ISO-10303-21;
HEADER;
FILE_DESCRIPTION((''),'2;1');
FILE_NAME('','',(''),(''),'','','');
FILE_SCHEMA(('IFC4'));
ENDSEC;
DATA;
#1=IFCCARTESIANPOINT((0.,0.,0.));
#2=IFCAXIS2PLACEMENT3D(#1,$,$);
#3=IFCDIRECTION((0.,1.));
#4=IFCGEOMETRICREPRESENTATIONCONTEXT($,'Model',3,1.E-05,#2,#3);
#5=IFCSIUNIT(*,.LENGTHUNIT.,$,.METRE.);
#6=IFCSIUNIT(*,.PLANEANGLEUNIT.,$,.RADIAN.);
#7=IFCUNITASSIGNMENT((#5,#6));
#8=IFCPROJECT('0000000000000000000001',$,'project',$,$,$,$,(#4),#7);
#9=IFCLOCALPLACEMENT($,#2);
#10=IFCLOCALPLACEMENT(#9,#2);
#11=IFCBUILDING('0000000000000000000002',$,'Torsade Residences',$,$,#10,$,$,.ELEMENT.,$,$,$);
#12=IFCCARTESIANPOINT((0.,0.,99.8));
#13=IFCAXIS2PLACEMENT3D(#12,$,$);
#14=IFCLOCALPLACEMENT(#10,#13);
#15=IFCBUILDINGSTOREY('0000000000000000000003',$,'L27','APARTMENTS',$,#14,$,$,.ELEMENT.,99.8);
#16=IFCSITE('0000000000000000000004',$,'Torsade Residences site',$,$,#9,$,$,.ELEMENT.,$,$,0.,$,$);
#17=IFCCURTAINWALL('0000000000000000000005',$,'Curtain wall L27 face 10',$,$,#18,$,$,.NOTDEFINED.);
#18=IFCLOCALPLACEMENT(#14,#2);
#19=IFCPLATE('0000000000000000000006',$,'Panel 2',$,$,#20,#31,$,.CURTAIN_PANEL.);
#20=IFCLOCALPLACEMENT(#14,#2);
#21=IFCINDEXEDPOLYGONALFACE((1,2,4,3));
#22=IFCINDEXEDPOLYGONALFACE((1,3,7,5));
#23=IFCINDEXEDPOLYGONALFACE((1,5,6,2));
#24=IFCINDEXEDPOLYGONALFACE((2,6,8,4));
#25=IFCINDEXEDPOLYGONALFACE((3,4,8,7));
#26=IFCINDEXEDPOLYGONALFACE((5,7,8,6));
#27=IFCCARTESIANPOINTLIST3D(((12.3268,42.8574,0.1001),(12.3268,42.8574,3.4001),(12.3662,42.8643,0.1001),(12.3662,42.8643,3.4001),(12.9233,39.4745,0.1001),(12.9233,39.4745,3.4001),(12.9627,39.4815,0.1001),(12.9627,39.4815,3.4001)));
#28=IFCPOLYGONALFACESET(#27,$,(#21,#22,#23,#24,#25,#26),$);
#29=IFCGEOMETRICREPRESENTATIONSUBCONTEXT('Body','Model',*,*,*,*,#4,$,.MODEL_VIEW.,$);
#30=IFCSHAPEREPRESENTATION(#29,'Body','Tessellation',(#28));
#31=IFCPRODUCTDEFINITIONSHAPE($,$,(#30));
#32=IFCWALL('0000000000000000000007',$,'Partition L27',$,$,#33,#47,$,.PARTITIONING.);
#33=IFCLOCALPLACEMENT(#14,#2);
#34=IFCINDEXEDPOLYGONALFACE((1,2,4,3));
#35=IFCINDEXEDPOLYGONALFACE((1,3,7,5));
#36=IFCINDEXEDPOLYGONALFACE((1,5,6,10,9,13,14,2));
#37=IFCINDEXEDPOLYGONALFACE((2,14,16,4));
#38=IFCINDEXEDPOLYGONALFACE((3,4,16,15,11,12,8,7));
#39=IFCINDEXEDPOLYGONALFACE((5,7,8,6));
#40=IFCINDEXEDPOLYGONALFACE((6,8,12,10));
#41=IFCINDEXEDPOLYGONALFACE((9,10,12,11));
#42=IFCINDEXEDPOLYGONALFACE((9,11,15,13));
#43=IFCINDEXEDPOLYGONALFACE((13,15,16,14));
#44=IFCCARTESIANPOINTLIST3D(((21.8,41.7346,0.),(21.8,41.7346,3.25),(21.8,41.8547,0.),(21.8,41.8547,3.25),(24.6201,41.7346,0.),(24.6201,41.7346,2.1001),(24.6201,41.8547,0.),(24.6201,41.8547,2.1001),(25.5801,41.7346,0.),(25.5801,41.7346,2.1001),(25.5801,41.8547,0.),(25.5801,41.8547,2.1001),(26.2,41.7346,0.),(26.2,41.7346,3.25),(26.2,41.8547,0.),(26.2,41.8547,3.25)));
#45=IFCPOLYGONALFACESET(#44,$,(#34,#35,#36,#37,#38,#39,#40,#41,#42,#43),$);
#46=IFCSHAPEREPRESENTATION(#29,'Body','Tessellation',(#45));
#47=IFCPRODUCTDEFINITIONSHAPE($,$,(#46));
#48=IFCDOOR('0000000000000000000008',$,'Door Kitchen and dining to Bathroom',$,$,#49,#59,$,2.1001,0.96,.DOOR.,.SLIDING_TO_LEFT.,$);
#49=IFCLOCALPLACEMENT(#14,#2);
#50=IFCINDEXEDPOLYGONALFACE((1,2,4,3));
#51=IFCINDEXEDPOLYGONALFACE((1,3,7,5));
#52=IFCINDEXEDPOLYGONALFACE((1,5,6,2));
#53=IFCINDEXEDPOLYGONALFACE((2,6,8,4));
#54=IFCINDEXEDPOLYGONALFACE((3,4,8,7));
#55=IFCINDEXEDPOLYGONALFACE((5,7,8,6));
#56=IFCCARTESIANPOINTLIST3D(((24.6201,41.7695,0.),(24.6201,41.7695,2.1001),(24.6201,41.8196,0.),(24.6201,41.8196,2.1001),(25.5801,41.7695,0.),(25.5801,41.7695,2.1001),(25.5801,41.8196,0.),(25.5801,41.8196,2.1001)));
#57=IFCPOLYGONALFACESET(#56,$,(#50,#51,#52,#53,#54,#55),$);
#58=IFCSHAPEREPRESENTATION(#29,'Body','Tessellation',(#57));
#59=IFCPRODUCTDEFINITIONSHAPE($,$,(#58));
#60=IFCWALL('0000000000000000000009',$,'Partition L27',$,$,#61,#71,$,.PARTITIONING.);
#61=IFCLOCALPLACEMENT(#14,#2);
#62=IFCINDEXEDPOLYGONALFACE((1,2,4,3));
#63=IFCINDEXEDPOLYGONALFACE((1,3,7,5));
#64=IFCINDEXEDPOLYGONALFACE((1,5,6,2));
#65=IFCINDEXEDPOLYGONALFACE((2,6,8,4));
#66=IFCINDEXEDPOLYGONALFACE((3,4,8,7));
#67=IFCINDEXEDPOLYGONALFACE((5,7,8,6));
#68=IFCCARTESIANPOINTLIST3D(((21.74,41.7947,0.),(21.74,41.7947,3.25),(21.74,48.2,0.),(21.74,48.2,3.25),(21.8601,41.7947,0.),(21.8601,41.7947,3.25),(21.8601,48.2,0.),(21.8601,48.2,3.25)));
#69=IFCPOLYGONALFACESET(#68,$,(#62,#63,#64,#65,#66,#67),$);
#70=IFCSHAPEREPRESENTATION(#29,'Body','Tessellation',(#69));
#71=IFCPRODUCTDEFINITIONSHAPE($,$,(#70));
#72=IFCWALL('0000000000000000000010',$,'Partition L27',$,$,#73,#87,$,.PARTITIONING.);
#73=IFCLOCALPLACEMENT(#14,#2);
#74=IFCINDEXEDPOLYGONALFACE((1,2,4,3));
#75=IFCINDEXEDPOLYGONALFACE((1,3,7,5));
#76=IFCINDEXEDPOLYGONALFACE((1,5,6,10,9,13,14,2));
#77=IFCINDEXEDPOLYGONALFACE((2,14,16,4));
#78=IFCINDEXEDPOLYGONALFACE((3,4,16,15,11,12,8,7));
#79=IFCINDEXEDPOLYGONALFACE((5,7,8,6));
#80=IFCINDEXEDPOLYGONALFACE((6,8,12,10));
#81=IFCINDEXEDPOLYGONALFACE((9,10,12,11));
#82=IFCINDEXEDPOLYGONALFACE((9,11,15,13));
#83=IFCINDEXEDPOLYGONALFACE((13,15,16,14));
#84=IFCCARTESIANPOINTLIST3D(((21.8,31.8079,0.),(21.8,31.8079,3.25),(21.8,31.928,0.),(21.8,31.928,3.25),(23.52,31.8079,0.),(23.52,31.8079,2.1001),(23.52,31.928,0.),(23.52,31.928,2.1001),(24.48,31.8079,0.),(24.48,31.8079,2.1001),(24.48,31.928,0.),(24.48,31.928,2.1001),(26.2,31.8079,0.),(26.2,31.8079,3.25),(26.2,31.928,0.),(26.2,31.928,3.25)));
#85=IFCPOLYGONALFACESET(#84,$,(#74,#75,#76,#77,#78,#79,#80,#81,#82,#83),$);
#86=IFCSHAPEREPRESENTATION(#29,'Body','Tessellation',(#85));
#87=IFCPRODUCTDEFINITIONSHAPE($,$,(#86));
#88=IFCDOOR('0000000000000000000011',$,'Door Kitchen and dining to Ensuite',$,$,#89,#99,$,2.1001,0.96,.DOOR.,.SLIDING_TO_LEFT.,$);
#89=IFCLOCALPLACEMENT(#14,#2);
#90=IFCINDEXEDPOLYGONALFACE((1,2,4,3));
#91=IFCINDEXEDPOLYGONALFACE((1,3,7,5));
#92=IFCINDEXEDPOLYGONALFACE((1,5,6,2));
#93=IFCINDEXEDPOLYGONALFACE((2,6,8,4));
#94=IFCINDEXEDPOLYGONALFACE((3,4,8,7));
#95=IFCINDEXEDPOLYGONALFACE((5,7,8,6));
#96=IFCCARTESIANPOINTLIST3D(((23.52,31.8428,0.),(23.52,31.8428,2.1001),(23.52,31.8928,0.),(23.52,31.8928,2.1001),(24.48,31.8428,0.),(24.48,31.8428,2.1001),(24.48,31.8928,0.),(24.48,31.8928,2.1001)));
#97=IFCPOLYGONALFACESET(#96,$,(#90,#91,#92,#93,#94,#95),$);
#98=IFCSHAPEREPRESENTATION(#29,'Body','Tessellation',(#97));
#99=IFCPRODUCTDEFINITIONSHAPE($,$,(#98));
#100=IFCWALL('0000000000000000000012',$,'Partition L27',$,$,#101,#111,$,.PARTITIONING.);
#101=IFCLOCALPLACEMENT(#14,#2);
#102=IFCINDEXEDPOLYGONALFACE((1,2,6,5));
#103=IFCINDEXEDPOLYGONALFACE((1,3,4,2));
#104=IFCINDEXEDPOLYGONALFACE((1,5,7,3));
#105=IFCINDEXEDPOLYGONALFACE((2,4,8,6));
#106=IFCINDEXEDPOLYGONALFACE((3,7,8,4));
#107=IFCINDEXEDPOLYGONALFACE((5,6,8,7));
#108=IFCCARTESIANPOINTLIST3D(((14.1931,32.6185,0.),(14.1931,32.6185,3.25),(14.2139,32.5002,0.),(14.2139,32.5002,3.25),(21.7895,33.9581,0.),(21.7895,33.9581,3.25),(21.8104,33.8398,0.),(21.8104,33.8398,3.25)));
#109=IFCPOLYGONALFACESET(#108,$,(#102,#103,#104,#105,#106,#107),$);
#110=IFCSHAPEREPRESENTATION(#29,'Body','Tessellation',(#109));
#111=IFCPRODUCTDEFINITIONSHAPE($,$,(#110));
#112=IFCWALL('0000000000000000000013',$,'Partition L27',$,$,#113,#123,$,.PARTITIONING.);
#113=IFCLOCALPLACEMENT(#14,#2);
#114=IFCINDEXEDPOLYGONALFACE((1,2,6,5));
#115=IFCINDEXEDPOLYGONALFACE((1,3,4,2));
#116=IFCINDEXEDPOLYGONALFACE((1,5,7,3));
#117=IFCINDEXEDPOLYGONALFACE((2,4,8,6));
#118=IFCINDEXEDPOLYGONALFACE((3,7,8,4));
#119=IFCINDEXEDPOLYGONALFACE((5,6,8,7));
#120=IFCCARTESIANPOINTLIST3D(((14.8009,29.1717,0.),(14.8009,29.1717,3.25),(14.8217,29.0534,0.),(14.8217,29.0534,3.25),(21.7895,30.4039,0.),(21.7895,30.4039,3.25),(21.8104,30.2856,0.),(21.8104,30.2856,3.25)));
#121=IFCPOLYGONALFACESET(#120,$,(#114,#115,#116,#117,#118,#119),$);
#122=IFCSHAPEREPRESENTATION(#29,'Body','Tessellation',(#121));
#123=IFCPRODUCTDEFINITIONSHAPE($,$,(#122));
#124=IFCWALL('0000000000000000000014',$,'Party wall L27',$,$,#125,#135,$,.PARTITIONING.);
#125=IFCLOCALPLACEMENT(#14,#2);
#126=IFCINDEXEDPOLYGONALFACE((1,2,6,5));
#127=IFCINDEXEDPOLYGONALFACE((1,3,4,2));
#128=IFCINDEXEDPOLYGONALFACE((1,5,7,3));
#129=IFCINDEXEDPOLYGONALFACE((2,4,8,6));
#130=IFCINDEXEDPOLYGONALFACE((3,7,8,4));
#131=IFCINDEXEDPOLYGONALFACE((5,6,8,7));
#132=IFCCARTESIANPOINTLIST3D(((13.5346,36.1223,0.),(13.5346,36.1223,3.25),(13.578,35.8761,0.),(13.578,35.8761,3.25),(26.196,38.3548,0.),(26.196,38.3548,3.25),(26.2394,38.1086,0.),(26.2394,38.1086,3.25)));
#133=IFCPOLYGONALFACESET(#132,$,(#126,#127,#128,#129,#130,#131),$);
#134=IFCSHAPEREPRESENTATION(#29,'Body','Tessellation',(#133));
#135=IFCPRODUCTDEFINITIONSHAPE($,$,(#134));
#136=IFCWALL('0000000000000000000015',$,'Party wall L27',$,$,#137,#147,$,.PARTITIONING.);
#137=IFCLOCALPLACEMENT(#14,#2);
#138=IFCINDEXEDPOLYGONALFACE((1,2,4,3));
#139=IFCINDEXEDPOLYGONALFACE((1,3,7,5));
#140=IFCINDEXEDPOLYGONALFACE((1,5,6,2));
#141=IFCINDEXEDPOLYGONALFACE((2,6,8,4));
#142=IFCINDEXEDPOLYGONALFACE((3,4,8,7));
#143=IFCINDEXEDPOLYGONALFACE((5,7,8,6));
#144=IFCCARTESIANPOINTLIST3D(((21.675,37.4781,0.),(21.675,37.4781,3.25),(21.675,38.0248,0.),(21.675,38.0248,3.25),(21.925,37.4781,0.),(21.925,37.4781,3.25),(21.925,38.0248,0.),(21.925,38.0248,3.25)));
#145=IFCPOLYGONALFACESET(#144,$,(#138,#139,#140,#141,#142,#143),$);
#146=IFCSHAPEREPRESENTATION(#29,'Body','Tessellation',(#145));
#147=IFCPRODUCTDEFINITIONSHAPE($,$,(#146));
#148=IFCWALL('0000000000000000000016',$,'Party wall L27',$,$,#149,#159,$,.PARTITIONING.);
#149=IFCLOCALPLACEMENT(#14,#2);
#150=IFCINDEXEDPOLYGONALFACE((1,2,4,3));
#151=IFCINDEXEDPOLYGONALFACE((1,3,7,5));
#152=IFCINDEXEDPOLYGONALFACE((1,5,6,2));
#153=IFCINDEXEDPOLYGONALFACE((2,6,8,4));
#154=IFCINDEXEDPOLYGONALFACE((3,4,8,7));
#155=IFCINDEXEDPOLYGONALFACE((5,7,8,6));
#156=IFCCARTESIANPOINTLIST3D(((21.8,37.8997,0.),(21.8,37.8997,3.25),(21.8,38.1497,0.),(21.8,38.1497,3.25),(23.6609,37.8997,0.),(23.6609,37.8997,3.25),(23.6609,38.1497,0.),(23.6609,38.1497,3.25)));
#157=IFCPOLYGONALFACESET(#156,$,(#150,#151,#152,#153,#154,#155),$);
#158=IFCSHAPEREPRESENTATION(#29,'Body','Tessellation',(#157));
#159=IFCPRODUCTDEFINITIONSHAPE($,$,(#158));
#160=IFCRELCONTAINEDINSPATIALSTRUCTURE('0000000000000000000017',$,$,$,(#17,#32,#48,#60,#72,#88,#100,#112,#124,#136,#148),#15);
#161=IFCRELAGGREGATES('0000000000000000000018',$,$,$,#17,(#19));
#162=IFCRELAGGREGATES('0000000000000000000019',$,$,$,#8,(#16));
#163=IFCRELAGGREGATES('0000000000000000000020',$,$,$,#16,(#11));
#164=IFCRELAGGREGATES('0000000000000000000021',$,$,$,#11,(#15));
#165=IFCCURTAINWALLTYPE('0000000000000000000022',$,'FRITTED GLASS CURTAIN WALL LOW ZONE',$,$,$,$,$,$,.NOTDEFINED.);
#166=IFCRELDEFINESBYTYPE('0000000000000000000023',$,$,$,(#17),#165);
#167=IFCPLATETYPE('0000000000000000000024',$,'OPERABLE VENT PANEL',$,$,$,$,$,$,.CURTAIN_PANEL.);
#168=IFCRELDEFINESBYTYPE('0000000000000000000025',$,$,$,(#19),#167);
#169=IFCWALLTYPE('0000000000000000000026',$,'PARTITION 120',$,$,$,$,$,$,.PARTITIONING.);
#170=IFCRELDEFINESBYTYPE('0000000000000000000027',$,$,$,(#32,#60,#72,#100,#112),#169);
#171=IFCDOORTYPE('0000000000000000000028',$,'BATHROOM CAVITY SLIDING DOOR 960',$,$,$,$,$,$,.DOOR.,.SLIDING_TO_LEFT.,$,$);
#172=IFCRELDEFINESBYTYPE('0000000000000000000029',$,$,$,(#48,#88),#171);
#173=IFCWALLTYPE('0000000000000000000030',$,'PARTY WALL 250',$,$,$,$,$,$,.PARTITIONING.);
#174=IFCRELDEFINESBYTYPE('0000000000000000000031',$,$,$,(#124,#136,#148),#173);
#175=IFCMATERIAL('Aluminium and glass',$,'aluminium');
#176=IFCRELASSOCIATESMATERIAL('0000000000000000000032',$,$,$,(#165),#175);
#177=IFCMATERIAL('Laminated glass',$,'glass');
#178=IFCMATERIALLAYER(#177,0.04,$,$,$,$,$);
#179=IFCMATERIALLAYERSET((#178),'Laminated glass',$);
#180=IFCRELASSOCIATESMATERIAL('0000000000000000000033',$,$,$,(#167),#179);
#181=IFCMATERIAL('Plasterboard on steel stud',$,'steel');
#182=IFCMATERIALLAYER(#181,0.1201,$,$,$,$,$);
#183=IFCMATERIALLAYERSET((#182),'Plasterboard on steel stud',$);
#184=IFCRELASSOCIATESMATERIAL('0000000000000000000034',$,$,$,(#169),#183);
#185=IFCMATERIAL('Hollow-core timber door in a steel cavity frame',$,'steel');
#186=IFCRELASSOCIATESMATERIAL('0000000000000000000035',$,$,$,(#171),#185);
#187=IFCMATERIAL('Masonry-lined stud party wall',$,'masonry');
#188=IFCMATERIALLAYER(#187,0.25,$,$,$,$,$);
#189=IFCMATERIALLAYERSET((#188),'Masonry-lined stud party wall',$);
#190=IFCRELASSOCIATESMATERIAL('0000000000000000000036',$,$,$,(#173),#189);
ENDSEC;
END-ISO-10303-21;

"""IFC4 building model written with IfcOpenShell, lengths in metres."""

from ifc_helpers import new_model, si_unit, direction, frame, frame_2d, origin, origin_2d, place, context, subcontext, project, spatial, rectangle, extrude, material, layer, layer_set, type_object, element, fill, aggregate, save


model = new_model("IFC4")

# Units and contexts
model_context = context("Model", 3, precision=1e-05, world=origin(), true_north=direction((0.0, 1.0)))
body_context = subcontext(model_context, "Body", "Model", "MODEL_VIEW")
ifc_project = project(units=[si_unit("LENGTHUNIT", "METRE"), si_unit("PLANEANGLEUNIT", "RADIAN")], contexts=[model_context])

# Site, building, storey
site_placement = place(None, origin())
site = spatial("IfcSite", under=ifc_project, at=site_placement, Name="Torsade Residences site", CompositionType="ELEMENT", RefElevation=0.0)
building_placement = place(site_placement, origin())
building = spatial("IfcBuilding", under=site, at=building_placement, Name="Torsade Residences", CompositionType="ELEMENT")
storey_placement = place(building_placement, frame((0.0, 0.0, 99.8)))
storey = spatial("IfcBuildingStorey", under=building, at=storey_placement, Name="L27", Description="APARTMENTS", CompositionType="ELEMENT", Elevation=99.8)

# Curtain wall
ifc_material_1 = material(Name="Aluminium and glass", Category="aluminium")
curtain_wall_type = type_object("IfcCurtainWallType", Name="FRITTED GLASS CURTAIN WALL LOW ZONE", PredefinedType="NOTDEFINED", material=ifc_material_1)
curtain_wall_placement = place(storey_placement, origin())
curtain_wall = element("IfcCurtainWall", 1, at=curtain_wall_placement, inside=storey, type_object=curtain_wall_type, Name="Curtain wall L27 face 10", PredefinedType="NOTDEFINED")

# Plate
ifc_material_2 = material(Name="Laminated glass", Category="glass")
ifc_layer_1 = layer(ifc_material_2, 0.04)
ifc_layer_set_1 = layer_set([ifc_layer_1], Name="Laminated glass")
plate_type_1 = type_object("IfcPlateType", Name="OPERABLE VENT PANEL", PredefinedType="CURTAIN_PANEL", material=ifc_layer_set_1)
plate_1_placement = place(storey_placement, frame((12.6448, 41.1694, 0.1001), z_axis=(0.0, 0.0, 1.0), x_axis=(0.173648, -0.984808, 0.0)))
plate_1 = element("IfcPlate", 2, at=plate_1_placement, type_object=plate_type_1, Name="Panel 2", PredefinedType="CURTAIN_PANEL", context=body_context, shape_type="SweptSolid", body=[
    extrude(rectangle(XDim=3.4351, YDim=0.04, at=origin_2d()), origin(), (0.0, 0.0, 1.0), 3.3),
])
aggregate(curtain_wall, [plate_1])

# Wall, opening, door
ifc_material_3 = material(Name="Plasterboard on steel stud", Category="steel")
ifc_layer_2 = layer(ifc_material_3, 0.1201)
ifc_layer_set_2 = layer_set([ifc_layer_2], Name="Plasterboard on steel stud")
wall_type_1 = type_object("IfcWallType", Name="PARTITION 120", PredefinedType="PARTITIONING", material=ifc_layer_set_2)
wall_1_placement = place(storey_placement, frame((21.8, 41.7947, 0.0), z_axis=(0.0, 0.0, 1.0), x_axis=(1.0, 0.0, 0.0)))
wall_1 = element("IfcWall", 3, at=wall_1_placement, inside=storey, type_object=wall_type_1, Name="Partition L27", PredefinedType="PARTITIONING", context=body_context, shape_type="SweptSolid", body=[
    extrude(rectangle(XDim=4.3999, YDim=0.1201, at=frame_2d((2.2, 0.0))), origin(), (0.0, 0.0, 1.0), 3.25),
])
opening_1_placement = place(wall_1_placement, frame((2.8201, 0.0, 0.0)))
opening_1 = element("IfcOpeningElement", 4, at=opening_1_placement, cuts=wall_1, PredefinedType="OPENING", context=body_context, shape_type="SweptSolid", body=[
    extrude(rectangle(XDim=0.96, YDim=2.1001, at=frame_2d((0.48, 1.05))), frame((0.0, 0.0701, 0.0), z_axis=(0.0, -1.0, 0.0), x_axis=(1.0, 0.0, 0.0)), (0.0, 0.0, 1.0), 0.1401),
])
ifc_material_4 = material(Name="Hollow-core timber door in a steel cavity frame", Category="steel")
door_type = type_object("IfcDoorType", Name="BATHROOM CAVITY SLIDING DOOR 960", OperationType="SLIDING_TO_LEFT", PredefinedType="DOOR", material=ifc_material_4)
door_1_placement = place(opening_1_placement, origin())
door_1 = element("IfcDoor", 5, at=door_1_placement, inside=storey, type_object=door_type, Name="Door Kitchen and dining to Bathroom", OperationType="SLIDING_TO_LEFT", OverallHeight=2.1001, OverallWidth=0.96, PredefinedType="DOOR", context=body_context, shape_type="SweptSolid", body=[
    extrude(rectangle(XDim=0.96, YDim=2.1001, at=frame_2d((0.48, 1.05))), frame((0.0, 0.0249, 0.0), z_axis=(0.0, -1.0, 0.0), x_axis=(1.0, 0.0, 0.0)), (0.0, 0.0, 1.0), 0.05),
])
fill(opening_1, door_1)

# Wall
wall_2_placement = place(storey_placement, frame((21.8, 41.7947, 0.0), z_axis=(0.0, 0.0, 1.0), x_axis=(0.0, 1.0, 0.0)))
element("IfcWall", 6, at=wall_2_placement, inside=storey, type_object=wall_type_1, Name="Partition L27", PredefinedType="PARTITIONING", context=body_context, shape_type="SweptSolid", body=[
    extrude(rectangle(XDim=6.4053, YDim=0.1201, at=frame_2d((3.2026, 0.0))), origin(), (0.0, 0.0, 1.0), 3.25),
])

# Wall, opening, door
wall_3_placement = place(storey_placement, frame((21.8, 31.8679, 0.0), z_axis=(0.0, 0.0, 1.0), x_axis=(1.0, 0.0, 0.0)))
wall_3 = element("IfcWall", 7, at=wall_3_placement, inside=storey, type_object=wall_type_1, Name="Partition L27", PredefinedType="PARTITIONING", context=body_context, shape_type="SweptSolid", body=[
    extrude(rectangle(XDim=4.3999, YDim=0.1201, at=frame_2d((2.2, 0.0))), origin(), (0.0, 0.0, 1.0), 3.25),
])
opening_2_placement = place(wall_3_placement, frame((1.72, 0.0, 0.0)))
opening_2 = element("IfcOpeningElement", 8, at=opening_2_placement, cuts=wall_3, PredefinedType="OPENING", context=body_context, shape_type="SweptSolid", body=[
    extrude(rectangle(XDim=0.96, YDim=2.1001, at=frame_2d((0.48, 1.05))), frame((0.0, 0.0701, 0.0), z_axis=(0.0, -1.0, 0.0), x_axis=(1.0, 0.0, 0.0)), (0.0, 0.0, 1.0), 0.1401),
])
door_2_placement = place(opening_2_placement, origin())
door_2 = element("IfcDoor", 9, at=door_2_placement, inside=storey, type_object=door_type, Name="Door Kitchen and dining to Ensuite", OperationType="SLIDING_TO_LEFT", OverallHeight=2.1001, OverallWidth=0.96, PredefinedType="DOOR", context=body_context, shape_type="SweptSolid", body=[
    extrude(rectangle(XDim=0.96, YDim=2.1001, at=frame_2d((0.48, 1.05))), frame((0.0, 0.0249, 0.0), z_axis=(0.0, -1.0, 0.0), x_axis=(1.0, 0.0, 0.0)), (0.0, 0.0, 1.0), 0.05),
])
fill(opening_2, door_2)

# Walls
wall_4_placement = place(storey_placement, frame((21.8, 33.8989, 0.0), z_axis=(0.0, 0.0, 1.0), x_axis=(-0.984805, -0.173666, 0.0)))
element("IfcWall", 10, at=wall_4_placement, inside=storey, type_object=wall_type_1, Name="Partition L27", PredefinedType="PARTITIONING", context=body_context, shape_type="SweptSolid", body=[
    extrude(rectangle(XDim=7.7136, YDim=0.1201, at=frame_2d((3.8569, 0.0))), origin(), (0.0, 0.0, 1.0), 3.25),
])
wall_5_placement = place(storey_placement, frame((21.8, 30.3447, 0.0), z_axis=(0.0, 0.0, 1.0), x_axis=(-0.98481, -0.173636, 0.0)))
element("IfcWall", 11, at=wall_5_placement, inside=storey, type_object=wall_type_1, Name="Partition L27", PredefinedType="PARTITIONING", context=body_context, shape_type="SweptSolid", body=[
    extrude(rectangle(XDim=7.0964, YDim=0.1201, at=frame_2d((3.5483, 0.0))), origin(), (0.0, 0.0, 1.0), 3.25),
])
ifc_material_5 = material(Name="Masonry-lined stud party wall", Category="masonry")
ifc_layer_3 = layer(ifc_material_5, 0.25)
ifc_layer_set_3 = layer_set([ifc_layer_3], Name="Masonry-lined stud party wall")
wall_type_2 = type_object("IfcWallType", Name="PARTY WALL 250", PredefinedType="PARTITIONING", material=ifc_layer_set_3)
wall_6_placement = place(storey_placement, frame((13.5564, 35.9993, 0.0), z_axis=(0.0, 0.0, 1.0), x_axis=(0.984809, 0.173639, 0.0)))
element("IfcWall", 12, at=wall_6_placement, inside=storey, type_object=wall_type_2, Name="Party wall L27", PredefinedType="PARTITIONING", context=body_context, shape_type="SweptSolid", body=[
    extrude(rectangle(XDim=12.8567, YDim=0.25, at=frame_2d((6.4282, 0.0))), origin(), (0.0, 0.0, 1.0), 3.25),
])
wall_7_placement = place(storey_placement, frame((21.8, 37.478, 0.0), z_axis=(0.0, 0.0, 1.0), x_axis=(0.0, 1.0, 0.0)))
element("IfcWall", 13, at=wall_7_placement, inside=storey, type_object=wall_type_2, Name="Party wall L27", PredefinedType="PARTITIONING", context=body_context, shape_type="SweptSolid", body=[
    extrude(rectangle(XDim=0.5466, YDim=0.25, at=frame_2d((0.2734, 0.0))), origin(), (0.0, 0.0, 1.0), 3.25),
])
wall_8_placement = place(storey_placement, frame((21.8, 38.0247, 0.0), z_axis=(0.0, 0.0, 1.0), x_axis=(1.0, 0.0, 0.0)))
element("IfcWall", 14, at=wall_8_placement, inside=storey, type_object=wall_type_2, Name="Party wall L27", PredefinedType="PARTITIONING", context=body_context, shape_type="SweptSolid", body=[
    extrude(rectangle(XDim=1.8608, YDim=0.25, at=frame_2d((0.9304, 0.0))), origin(), (0.0, 0.0, 1.0), 3.25),
])

save(model, "model.ifc")
